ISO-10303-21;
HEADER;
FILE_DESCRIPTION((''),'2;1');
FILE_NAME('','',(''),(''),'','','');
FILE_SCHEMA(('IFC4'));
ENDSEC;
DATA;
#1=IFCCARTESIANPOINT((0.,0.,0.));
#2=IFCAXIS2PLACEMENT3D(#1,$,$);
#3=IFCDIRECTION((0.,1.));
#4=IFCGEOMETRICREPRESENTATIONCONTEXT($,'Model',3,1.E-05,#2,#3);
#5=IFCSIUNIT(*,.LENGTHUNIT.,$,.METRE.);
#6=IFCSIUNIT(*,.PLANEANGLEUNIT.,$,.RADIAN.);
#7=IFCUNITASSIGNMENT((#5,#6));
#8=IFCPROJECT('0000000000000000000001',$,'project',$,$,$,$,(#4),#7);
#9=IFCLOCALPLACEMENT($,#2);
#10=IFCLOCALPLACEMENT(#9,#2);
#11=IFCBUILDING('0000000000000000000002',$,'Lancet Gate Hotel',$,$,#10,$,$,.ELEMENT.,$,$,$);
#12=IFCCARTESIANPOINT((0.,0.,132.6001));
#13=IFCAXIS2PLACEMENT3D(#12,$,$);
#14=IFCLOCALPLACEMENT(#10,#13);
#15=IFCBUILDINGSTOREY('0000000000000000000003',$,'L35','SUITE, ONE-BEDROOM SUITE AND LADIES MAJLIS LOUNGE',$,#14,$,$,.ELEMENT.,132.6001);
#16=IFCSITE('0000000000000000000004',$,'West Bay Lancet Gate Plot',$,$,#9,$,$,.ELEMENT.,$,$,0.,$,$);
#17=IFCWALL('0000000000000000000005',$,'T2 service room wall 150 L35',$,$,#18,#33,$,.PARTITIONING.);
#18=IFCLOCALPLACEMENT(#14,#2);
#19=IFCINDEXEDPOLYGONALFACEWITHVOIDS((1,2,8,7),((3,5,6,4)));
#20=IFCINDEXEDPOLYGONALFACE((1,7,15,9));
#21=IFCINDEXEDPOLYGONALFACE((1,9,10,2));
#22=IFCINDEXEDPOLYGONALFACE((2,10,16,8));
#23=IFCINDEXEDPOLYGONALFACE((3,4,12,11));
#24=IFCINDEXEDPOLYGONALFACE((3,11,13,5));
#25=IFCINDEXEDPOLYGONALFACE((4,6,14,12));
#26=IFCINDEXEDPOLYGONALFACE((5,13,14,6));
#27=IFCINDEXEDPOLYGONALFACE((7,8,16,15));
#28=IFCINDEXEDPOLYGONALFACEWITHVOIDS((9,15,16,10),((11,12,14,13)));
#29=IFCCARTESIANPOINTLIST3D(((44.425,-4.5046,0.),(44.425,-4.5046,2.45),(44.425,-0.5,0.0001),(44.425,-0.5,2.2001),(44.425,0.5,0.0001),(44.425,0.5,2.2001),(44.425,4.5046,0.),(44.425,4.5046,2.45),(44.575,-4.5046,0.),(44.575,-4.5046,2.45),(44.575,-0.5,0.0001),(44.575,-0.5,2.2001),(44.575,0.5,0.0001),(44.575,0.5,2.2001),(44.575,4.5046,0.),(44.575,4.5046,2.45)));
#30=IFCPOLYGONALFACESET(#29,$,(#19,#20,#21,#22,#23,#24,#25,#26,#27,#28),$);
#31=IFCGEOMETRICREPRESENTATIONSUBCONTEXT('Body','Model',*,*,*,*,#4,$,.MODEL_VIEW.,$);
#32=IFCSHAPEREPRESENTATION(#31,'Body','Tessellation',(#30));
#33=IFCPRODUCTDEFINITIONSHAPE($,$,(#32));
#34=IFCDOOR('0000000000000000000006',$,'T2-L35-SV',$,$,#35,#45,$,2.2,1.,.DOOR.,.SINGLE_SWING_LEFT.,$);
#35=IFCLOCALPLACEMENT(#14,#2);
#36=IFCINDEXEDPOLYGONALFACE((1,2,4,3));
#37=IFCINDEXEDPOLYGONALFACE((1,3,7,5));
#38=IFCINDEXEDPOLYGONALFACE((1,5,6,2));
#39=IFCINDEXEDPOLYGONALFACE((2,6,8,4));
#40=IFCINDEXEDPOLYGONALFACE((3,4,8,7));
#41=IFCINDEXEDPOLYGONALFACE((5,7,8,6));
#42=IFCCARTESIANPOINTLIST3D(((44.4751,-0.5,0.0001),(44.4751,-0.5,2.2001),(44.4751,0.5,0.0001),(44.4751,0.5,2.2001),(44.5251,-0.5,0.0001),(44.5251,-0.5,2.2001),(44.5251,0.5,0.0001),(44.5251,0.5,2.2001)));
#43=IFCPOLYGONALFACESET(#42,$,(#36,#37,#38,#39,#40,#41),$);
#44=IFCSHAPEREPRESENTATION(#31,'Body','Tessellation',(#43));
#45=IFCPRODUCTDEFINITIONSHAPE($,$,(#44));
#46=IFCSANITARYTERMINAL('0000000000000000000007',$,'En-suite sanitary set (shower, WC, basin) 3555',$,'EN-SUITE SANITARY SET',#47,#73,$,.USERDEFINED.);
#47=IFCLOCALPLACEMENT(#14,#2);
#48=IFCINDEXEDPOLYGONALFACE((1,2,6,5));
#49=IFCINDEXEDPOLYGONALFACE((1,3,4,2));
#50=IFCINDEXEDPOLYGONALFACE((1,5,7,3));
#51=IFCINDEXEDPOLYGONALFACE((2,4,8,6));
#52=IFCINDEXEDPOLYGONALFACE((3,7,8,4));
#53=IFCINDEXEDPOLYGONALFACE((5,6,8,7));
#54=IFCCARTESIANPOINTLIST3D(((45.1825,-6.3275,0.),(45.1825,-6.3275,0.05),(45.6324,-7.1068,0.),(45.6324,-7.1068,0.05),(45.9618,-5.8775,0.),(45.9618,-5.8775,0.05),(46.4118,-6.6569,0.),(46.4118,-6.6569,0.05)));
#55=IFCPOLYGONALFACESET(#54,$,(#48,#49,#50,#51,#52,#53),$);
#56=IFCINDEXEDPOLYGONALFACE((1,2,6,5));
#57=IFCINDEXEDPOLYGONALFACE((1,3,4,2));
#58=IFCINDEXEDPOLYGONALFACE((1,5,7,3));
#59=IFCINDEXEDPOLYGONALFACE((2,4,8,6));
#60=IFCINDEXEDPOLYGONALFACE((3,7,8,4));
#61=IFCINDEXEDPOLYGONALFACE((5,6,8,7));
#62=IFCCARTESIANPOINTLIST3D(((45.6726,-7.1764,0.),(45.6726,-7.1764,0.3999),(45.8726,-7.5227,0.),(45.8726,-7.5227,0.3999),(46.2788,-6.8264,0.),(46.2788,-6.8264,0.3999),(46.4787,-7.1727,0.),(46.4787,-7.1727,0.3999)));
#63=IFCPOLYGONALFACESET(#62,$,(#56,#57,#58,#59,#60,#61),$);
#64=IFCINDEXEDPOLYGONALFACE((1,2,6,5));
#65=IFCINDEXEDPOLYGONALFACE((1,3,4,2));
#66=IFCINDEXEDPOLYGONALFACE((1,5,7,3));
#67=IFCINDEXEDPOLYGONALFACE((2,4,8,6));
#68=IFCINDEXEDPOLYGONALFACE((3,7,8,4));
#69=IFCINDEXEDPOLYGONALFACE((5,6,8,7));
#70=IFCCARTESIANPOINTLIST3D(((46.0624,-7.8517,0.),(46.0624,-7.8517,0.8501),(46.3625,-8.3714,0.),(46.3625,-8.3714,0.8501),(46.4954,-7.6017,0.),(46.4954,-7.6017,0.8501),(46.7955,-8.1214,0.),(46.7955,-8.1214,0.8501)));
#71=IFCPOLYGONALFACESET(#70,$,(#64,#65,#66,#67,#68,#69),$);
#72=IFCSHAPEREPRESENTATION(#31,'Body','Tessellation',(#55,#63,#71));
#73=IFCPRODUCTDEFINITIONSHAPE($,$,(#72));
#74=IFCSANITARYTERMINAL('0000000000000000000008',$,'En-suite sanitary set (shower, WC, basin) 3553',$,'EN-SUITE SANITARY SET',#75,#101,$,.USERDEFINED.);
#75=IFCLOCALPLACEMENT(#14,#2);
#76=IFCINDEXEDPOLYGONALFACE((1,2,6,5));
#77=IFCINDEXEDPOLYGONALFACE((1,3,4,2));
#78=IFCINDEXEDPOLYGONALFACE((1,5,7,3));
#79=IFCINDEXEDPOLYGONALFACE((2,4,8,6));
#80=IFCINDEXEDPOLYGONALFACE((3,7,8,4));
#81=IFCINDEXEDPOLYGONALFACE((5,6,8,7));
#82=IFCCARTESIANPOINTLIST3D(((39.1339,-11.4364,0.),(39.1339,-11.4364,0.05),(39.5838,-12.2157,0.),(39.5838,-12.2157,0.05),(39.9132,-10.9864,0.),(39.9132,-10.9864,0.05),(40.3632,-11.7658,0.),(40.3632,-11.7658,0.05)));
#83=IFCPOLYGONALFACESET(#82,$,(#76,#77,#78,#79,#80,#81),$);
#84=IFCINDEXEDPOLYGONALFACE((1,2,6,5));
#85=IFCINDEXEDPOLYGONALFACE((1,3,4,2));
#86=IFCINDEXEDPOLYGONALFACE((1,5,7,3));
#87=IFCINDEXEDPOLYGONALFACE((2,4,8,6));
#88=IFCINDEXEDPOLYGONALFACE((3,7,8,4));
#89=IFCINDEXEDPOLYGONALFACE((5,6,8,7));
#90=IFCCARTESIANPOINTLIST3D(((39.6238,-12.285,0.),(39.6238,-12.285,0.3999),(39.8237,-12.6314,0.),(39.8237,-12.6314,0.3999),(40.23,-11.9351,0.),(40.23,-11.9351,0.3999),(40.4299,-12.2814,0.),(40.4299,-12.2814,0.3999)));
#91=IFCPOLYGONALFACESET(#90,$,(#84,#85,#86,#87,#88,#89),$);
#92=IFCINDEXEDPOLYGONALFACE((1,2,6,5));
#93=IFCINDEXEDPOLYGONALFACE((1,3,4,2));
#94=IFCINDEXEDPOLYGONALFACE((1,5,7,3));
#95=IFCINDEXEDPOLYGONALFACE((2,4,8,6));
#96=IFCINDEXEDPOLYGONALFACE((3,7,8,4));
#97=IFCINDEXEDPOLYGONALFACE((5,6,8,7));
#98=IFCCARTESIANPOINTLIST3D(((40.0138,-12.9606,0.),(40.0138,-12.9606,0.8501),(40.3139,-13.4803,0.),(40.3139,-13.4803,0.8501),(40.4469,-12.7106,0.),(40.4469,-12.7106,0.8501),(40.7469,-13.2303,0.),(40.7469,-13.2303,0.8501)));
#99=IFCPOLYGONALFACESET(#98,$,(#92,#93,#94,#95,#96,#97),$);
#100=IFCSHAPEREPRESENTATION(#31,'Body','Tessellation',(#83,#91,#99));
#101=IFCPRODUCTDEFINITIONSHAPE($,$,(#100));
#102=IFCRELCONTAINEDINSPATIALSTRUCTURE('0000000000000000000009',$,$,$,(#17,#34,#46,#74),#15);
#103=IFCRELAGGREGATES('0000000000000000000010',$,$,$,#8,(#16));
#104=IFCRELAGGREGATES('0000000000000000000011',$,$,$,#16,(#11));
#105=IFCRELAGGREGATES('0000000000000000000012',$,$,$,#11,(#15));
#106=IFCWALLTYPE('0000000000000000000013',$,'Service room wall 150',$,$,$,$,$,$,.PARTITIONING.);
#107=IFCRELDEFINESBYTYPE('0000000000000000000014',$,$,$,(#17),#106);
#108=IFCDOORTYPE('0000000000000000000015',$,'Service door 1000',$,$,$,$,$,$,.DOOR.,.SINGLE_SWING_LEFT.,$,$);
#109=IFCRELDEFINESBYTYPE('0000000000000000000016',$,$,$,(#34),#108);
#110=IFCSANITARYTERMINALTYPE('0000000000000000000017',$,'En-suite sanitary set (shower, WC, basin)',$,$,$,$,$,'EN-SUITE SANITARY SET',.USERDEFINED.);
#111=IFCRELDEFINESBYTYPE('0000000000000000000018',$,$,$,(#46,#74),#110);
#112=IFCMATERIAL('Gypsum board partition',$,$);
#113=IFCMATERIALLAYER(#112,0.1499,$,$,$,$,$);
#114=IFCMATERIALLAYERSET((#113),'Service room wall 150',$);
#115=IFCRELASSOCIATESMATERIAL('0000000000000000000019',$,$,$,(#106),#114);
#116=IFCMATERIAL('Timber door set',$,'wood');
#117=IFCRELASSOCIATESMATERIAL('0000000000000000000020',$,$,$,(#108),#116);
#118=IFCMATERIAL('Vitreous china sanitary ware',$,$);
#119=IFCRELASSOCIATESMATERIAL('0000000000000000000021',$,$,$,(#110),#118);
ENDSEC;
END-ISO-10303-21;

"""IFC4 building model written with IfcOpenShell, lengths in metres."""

from ifc_helpers import new_model, si_unit, direction, frame, frame_2d, origin, origin_2d, place, context, subcontext, project, spatial, rectangle, extrude, material, layer, layer_set, type_object, element, fill, save


model = new_model("IFC4")

# Units and contexts
model_context = context("Model", 3, precision=1e-05, world=origin(), true_north=direction((0.0, 1.0)))
body_context = subcontext(model_context, "Body", "Model", "MODEL_VIEW")
ifc_project = project(units=[si_unit("LENGTHUNIT", "METRE"), si_unit("PLANEANGLEUNIT", "RADIAN")], contexts=[model_context])

# Site, building, storey
site_placement = place(None, origin())
site = spatial("IfcSite", under=ifc_project, at=site_placement, Name="West Bay Lancet Gate Plot", CompositionType="ELEMENT", RefElevation=0.0)
building_placement = place(site_placement, origin())
building = spatial("IfcBuilding", under=site, at=building_placement, Name="Lancet Gate Hotel", CompositionType="ELEMENT")
storey_placement = place(building_placement, frame((0.0, 0.0, 132.6001)))
storey = spatial("IfcBuildingStorey", under=building, at=storey_placement, Name="L35", Description="SUITE, ONE-BEDROOM SUITE AND LADIES MAJLIS LOUNGE", CompositionType="ELEMENT", Elevation=132.6001)

# Shared definitions
ifc_material_1 = material(Name="Gypsum board partition")
ifc_layer_1 = layer(ifc_material_1, 0.1499)
ifc_layer_set_1 = layer_set([ifc_layer_1], Name="Service room wall 150")
wall_type_1 = type_object("IfcWallType", Name="Service room wall 150", PredefinedType="PARTITIONING", material=ifc_layer_set_1)

# Wall, opening, door
wall_1_placement = place(storey_placement, frame((44.5, -4.5046, 0.0), z_axis=(0.0, 0.0, 1.0), x_axis=(0.0, 1.0, 0.0)))
wall_1 = element("IfcWall", 1, at=wall_1_placement, inside=storey, type_object=wall_type_1, Name="T2 service room wall 150 L35", PredefinedType="PARTITIONING", context=body_context, shape_type="SweptSolid", body=[
    extrude(rectangle(XDim=9.0093, YDim=0.1499, at=frame_2d((4.5046, 0.0))), origin(), (0.0, 0.0, 1.0), 2.45),
])
opening_1_placement = place(wall_1_placement, frame((4.0046, 0.0, 0.0)))
opening_1 = element("IfcOpeningElement", 2, at=opening_1_placement, cuts=wall_1, PredefinedType="OPENING", context=body_context, shape_type="SweptSolid", body=[
    extrude(rectangle(XDim=1.0, YDim=2.2, at=frame_2d((0.5, 1.1001))), frame((0.0, 0.085, 0.0), z_axis=(0.0, -1.0, 0.0), x_axis=(1.0, 0.0, 0.0)), (0.0, 0.0, 1.0), 0.1699),
])
ifc_material_2 = material(Name="Timber door set", Category="wood")
door_type_1 = type_object("IfcDoorType", Name="Service door 1000", OperationType="SINGLE_SWING_LEFT", PredefinedType="DOOR", material=ifc_material_2)
door_1_placement = place(opening_1_placement, origin())
door_1 = element("IfcDoor", 3, at=door_1_placement, inside=storey, type_object=door_type_1, Name="T2-L35-SV", OperationType="SINGLE_SWING_LEFT", OverallHeight=2.2, OverallWidth=1.0, PredefinedType="DOOR", context=body_context, shape_type="SweptSolid", body=[
    extrude(rectangle(XDim=1.0, YDim=2.2, at=frame_2d((0.5, 1.1001))), frame((0.0, 0.0249, 0.0), z_axis=(0.0, -1.0, 0.0), x_axis=(1.0, 0.0, 0.0)), (0.0, 0.0, 1.0), 0.05),
])
fill(opening_1, door_1)

# Sanitary terminals
ifc_material_3 = material(Name="Vitreous china sanitary ware")
sanitary_terminal_type = type_object("IfcSanitaryTerminalType", Name="En-suite sanitary set (shower, WC, basin)", ElementType="EN-SUITE SANITARY SET", PredefinedType="USERDEFINED", material=ifc_material_3)
sanitary_terminal_1_placement = place(storey_placement, frame((45.7971, -6.4922, 0.0), z_axis=(0.0, 0.0, 1.0), x_axis=(1.0, 0.0, 0.0)))
element("IfcSanitaryTerminal", 4, at=sanitary_terminal_1_placement, inside=storey, type_object=sanitary_terminal_type, Name="En-suite sanitary set (shower, WC, basin) 3555", ObjectType="EN-SUITE SANITARY SET", PredefinedType="USERDEFINED", context=body_context, shape_type="SweptSolid", body=[
    extrude(rectangle(XDim=0.8999, YDim=0.8999, at=origin_2d()), frame((0.0, 0.0, 0.0), z_axis=(0.0, 0.0, 1.0), x_axis=(-0.5, 0.866025, 0.0)), (0.0, 0.0, 1.0), 0.05),
    extrude(rectangle(XDim=0.3999, YDim=0.7, at=origin_2d()), frame((0.2786, -0.6824, 0.0), z_axis=(0.0, 0.0, 1.0), x_axis=(-0.5, 0.866025, 0.0)), (0.0, 0.0, 1.0), 0.3999),
    extrude(rectangle(XDim=0.6001, YDim=0.5, at=origin_2d()), frame((0.6318, -1.4944, 0.0), z_axis=(0.0, 0.0, 1.0), x_axis=(-0.5, 0.866025, 0.0)), (0.0, 0.0, 1.0), 0.8501),
])
sanitary_terminal_2_placement = place(storey_placement, frame((39.7485, -11.6011, 0.0), z_axis=(0.0, 0.0, 1.0), x_axis=(1.0, 0.0, 0.0)))
element("IfcSanitaryTerminal", 5, at=sanitary_terminal_2_placement, inside=storey, type_object=sanitary_terminal_type, Name="En-suite sanitary set (shower, WC, basin) 3553", ObjectType="EN-SUITE SANITARY SET", PredefinedType="USERDEFINED", context=body_context, shape_type="SweptSolid", body=[
    extrude(rectangle(XDim=0.8999, YDim=0.8999, at=origin_2d()), frame((0.0, 0.0, 0.0), z_axis=(0.0, 0.0, 1.0), x_axis=(-0.5, 0.866025, 0.0)), (0.0, 0.0, 1.0), 0.05),
    extrude(rectangle(XDim=0.3999, YDim=0.7, at=origin_2d()), frame((0.2783, -0.6821, 0.0), z_axis=(0.0, 0.0, 1.0), x_axis=(-0.5, 0.866025, 0.0)), (0.0, 0.0, 1.0), 0.3999),
    extrude(rectangle(XDim=0.6001, YDim=0.5, at=origin_2d()), frame((0.6318, -1.4944, 0.0), z_axis=(0.0, 0.0, 1.0), x_axis=(-0.5, 0.866025, 0.0)), (0.0, 0.0, 1.0), 0.8501),
])

save(model, "model.ifc")
